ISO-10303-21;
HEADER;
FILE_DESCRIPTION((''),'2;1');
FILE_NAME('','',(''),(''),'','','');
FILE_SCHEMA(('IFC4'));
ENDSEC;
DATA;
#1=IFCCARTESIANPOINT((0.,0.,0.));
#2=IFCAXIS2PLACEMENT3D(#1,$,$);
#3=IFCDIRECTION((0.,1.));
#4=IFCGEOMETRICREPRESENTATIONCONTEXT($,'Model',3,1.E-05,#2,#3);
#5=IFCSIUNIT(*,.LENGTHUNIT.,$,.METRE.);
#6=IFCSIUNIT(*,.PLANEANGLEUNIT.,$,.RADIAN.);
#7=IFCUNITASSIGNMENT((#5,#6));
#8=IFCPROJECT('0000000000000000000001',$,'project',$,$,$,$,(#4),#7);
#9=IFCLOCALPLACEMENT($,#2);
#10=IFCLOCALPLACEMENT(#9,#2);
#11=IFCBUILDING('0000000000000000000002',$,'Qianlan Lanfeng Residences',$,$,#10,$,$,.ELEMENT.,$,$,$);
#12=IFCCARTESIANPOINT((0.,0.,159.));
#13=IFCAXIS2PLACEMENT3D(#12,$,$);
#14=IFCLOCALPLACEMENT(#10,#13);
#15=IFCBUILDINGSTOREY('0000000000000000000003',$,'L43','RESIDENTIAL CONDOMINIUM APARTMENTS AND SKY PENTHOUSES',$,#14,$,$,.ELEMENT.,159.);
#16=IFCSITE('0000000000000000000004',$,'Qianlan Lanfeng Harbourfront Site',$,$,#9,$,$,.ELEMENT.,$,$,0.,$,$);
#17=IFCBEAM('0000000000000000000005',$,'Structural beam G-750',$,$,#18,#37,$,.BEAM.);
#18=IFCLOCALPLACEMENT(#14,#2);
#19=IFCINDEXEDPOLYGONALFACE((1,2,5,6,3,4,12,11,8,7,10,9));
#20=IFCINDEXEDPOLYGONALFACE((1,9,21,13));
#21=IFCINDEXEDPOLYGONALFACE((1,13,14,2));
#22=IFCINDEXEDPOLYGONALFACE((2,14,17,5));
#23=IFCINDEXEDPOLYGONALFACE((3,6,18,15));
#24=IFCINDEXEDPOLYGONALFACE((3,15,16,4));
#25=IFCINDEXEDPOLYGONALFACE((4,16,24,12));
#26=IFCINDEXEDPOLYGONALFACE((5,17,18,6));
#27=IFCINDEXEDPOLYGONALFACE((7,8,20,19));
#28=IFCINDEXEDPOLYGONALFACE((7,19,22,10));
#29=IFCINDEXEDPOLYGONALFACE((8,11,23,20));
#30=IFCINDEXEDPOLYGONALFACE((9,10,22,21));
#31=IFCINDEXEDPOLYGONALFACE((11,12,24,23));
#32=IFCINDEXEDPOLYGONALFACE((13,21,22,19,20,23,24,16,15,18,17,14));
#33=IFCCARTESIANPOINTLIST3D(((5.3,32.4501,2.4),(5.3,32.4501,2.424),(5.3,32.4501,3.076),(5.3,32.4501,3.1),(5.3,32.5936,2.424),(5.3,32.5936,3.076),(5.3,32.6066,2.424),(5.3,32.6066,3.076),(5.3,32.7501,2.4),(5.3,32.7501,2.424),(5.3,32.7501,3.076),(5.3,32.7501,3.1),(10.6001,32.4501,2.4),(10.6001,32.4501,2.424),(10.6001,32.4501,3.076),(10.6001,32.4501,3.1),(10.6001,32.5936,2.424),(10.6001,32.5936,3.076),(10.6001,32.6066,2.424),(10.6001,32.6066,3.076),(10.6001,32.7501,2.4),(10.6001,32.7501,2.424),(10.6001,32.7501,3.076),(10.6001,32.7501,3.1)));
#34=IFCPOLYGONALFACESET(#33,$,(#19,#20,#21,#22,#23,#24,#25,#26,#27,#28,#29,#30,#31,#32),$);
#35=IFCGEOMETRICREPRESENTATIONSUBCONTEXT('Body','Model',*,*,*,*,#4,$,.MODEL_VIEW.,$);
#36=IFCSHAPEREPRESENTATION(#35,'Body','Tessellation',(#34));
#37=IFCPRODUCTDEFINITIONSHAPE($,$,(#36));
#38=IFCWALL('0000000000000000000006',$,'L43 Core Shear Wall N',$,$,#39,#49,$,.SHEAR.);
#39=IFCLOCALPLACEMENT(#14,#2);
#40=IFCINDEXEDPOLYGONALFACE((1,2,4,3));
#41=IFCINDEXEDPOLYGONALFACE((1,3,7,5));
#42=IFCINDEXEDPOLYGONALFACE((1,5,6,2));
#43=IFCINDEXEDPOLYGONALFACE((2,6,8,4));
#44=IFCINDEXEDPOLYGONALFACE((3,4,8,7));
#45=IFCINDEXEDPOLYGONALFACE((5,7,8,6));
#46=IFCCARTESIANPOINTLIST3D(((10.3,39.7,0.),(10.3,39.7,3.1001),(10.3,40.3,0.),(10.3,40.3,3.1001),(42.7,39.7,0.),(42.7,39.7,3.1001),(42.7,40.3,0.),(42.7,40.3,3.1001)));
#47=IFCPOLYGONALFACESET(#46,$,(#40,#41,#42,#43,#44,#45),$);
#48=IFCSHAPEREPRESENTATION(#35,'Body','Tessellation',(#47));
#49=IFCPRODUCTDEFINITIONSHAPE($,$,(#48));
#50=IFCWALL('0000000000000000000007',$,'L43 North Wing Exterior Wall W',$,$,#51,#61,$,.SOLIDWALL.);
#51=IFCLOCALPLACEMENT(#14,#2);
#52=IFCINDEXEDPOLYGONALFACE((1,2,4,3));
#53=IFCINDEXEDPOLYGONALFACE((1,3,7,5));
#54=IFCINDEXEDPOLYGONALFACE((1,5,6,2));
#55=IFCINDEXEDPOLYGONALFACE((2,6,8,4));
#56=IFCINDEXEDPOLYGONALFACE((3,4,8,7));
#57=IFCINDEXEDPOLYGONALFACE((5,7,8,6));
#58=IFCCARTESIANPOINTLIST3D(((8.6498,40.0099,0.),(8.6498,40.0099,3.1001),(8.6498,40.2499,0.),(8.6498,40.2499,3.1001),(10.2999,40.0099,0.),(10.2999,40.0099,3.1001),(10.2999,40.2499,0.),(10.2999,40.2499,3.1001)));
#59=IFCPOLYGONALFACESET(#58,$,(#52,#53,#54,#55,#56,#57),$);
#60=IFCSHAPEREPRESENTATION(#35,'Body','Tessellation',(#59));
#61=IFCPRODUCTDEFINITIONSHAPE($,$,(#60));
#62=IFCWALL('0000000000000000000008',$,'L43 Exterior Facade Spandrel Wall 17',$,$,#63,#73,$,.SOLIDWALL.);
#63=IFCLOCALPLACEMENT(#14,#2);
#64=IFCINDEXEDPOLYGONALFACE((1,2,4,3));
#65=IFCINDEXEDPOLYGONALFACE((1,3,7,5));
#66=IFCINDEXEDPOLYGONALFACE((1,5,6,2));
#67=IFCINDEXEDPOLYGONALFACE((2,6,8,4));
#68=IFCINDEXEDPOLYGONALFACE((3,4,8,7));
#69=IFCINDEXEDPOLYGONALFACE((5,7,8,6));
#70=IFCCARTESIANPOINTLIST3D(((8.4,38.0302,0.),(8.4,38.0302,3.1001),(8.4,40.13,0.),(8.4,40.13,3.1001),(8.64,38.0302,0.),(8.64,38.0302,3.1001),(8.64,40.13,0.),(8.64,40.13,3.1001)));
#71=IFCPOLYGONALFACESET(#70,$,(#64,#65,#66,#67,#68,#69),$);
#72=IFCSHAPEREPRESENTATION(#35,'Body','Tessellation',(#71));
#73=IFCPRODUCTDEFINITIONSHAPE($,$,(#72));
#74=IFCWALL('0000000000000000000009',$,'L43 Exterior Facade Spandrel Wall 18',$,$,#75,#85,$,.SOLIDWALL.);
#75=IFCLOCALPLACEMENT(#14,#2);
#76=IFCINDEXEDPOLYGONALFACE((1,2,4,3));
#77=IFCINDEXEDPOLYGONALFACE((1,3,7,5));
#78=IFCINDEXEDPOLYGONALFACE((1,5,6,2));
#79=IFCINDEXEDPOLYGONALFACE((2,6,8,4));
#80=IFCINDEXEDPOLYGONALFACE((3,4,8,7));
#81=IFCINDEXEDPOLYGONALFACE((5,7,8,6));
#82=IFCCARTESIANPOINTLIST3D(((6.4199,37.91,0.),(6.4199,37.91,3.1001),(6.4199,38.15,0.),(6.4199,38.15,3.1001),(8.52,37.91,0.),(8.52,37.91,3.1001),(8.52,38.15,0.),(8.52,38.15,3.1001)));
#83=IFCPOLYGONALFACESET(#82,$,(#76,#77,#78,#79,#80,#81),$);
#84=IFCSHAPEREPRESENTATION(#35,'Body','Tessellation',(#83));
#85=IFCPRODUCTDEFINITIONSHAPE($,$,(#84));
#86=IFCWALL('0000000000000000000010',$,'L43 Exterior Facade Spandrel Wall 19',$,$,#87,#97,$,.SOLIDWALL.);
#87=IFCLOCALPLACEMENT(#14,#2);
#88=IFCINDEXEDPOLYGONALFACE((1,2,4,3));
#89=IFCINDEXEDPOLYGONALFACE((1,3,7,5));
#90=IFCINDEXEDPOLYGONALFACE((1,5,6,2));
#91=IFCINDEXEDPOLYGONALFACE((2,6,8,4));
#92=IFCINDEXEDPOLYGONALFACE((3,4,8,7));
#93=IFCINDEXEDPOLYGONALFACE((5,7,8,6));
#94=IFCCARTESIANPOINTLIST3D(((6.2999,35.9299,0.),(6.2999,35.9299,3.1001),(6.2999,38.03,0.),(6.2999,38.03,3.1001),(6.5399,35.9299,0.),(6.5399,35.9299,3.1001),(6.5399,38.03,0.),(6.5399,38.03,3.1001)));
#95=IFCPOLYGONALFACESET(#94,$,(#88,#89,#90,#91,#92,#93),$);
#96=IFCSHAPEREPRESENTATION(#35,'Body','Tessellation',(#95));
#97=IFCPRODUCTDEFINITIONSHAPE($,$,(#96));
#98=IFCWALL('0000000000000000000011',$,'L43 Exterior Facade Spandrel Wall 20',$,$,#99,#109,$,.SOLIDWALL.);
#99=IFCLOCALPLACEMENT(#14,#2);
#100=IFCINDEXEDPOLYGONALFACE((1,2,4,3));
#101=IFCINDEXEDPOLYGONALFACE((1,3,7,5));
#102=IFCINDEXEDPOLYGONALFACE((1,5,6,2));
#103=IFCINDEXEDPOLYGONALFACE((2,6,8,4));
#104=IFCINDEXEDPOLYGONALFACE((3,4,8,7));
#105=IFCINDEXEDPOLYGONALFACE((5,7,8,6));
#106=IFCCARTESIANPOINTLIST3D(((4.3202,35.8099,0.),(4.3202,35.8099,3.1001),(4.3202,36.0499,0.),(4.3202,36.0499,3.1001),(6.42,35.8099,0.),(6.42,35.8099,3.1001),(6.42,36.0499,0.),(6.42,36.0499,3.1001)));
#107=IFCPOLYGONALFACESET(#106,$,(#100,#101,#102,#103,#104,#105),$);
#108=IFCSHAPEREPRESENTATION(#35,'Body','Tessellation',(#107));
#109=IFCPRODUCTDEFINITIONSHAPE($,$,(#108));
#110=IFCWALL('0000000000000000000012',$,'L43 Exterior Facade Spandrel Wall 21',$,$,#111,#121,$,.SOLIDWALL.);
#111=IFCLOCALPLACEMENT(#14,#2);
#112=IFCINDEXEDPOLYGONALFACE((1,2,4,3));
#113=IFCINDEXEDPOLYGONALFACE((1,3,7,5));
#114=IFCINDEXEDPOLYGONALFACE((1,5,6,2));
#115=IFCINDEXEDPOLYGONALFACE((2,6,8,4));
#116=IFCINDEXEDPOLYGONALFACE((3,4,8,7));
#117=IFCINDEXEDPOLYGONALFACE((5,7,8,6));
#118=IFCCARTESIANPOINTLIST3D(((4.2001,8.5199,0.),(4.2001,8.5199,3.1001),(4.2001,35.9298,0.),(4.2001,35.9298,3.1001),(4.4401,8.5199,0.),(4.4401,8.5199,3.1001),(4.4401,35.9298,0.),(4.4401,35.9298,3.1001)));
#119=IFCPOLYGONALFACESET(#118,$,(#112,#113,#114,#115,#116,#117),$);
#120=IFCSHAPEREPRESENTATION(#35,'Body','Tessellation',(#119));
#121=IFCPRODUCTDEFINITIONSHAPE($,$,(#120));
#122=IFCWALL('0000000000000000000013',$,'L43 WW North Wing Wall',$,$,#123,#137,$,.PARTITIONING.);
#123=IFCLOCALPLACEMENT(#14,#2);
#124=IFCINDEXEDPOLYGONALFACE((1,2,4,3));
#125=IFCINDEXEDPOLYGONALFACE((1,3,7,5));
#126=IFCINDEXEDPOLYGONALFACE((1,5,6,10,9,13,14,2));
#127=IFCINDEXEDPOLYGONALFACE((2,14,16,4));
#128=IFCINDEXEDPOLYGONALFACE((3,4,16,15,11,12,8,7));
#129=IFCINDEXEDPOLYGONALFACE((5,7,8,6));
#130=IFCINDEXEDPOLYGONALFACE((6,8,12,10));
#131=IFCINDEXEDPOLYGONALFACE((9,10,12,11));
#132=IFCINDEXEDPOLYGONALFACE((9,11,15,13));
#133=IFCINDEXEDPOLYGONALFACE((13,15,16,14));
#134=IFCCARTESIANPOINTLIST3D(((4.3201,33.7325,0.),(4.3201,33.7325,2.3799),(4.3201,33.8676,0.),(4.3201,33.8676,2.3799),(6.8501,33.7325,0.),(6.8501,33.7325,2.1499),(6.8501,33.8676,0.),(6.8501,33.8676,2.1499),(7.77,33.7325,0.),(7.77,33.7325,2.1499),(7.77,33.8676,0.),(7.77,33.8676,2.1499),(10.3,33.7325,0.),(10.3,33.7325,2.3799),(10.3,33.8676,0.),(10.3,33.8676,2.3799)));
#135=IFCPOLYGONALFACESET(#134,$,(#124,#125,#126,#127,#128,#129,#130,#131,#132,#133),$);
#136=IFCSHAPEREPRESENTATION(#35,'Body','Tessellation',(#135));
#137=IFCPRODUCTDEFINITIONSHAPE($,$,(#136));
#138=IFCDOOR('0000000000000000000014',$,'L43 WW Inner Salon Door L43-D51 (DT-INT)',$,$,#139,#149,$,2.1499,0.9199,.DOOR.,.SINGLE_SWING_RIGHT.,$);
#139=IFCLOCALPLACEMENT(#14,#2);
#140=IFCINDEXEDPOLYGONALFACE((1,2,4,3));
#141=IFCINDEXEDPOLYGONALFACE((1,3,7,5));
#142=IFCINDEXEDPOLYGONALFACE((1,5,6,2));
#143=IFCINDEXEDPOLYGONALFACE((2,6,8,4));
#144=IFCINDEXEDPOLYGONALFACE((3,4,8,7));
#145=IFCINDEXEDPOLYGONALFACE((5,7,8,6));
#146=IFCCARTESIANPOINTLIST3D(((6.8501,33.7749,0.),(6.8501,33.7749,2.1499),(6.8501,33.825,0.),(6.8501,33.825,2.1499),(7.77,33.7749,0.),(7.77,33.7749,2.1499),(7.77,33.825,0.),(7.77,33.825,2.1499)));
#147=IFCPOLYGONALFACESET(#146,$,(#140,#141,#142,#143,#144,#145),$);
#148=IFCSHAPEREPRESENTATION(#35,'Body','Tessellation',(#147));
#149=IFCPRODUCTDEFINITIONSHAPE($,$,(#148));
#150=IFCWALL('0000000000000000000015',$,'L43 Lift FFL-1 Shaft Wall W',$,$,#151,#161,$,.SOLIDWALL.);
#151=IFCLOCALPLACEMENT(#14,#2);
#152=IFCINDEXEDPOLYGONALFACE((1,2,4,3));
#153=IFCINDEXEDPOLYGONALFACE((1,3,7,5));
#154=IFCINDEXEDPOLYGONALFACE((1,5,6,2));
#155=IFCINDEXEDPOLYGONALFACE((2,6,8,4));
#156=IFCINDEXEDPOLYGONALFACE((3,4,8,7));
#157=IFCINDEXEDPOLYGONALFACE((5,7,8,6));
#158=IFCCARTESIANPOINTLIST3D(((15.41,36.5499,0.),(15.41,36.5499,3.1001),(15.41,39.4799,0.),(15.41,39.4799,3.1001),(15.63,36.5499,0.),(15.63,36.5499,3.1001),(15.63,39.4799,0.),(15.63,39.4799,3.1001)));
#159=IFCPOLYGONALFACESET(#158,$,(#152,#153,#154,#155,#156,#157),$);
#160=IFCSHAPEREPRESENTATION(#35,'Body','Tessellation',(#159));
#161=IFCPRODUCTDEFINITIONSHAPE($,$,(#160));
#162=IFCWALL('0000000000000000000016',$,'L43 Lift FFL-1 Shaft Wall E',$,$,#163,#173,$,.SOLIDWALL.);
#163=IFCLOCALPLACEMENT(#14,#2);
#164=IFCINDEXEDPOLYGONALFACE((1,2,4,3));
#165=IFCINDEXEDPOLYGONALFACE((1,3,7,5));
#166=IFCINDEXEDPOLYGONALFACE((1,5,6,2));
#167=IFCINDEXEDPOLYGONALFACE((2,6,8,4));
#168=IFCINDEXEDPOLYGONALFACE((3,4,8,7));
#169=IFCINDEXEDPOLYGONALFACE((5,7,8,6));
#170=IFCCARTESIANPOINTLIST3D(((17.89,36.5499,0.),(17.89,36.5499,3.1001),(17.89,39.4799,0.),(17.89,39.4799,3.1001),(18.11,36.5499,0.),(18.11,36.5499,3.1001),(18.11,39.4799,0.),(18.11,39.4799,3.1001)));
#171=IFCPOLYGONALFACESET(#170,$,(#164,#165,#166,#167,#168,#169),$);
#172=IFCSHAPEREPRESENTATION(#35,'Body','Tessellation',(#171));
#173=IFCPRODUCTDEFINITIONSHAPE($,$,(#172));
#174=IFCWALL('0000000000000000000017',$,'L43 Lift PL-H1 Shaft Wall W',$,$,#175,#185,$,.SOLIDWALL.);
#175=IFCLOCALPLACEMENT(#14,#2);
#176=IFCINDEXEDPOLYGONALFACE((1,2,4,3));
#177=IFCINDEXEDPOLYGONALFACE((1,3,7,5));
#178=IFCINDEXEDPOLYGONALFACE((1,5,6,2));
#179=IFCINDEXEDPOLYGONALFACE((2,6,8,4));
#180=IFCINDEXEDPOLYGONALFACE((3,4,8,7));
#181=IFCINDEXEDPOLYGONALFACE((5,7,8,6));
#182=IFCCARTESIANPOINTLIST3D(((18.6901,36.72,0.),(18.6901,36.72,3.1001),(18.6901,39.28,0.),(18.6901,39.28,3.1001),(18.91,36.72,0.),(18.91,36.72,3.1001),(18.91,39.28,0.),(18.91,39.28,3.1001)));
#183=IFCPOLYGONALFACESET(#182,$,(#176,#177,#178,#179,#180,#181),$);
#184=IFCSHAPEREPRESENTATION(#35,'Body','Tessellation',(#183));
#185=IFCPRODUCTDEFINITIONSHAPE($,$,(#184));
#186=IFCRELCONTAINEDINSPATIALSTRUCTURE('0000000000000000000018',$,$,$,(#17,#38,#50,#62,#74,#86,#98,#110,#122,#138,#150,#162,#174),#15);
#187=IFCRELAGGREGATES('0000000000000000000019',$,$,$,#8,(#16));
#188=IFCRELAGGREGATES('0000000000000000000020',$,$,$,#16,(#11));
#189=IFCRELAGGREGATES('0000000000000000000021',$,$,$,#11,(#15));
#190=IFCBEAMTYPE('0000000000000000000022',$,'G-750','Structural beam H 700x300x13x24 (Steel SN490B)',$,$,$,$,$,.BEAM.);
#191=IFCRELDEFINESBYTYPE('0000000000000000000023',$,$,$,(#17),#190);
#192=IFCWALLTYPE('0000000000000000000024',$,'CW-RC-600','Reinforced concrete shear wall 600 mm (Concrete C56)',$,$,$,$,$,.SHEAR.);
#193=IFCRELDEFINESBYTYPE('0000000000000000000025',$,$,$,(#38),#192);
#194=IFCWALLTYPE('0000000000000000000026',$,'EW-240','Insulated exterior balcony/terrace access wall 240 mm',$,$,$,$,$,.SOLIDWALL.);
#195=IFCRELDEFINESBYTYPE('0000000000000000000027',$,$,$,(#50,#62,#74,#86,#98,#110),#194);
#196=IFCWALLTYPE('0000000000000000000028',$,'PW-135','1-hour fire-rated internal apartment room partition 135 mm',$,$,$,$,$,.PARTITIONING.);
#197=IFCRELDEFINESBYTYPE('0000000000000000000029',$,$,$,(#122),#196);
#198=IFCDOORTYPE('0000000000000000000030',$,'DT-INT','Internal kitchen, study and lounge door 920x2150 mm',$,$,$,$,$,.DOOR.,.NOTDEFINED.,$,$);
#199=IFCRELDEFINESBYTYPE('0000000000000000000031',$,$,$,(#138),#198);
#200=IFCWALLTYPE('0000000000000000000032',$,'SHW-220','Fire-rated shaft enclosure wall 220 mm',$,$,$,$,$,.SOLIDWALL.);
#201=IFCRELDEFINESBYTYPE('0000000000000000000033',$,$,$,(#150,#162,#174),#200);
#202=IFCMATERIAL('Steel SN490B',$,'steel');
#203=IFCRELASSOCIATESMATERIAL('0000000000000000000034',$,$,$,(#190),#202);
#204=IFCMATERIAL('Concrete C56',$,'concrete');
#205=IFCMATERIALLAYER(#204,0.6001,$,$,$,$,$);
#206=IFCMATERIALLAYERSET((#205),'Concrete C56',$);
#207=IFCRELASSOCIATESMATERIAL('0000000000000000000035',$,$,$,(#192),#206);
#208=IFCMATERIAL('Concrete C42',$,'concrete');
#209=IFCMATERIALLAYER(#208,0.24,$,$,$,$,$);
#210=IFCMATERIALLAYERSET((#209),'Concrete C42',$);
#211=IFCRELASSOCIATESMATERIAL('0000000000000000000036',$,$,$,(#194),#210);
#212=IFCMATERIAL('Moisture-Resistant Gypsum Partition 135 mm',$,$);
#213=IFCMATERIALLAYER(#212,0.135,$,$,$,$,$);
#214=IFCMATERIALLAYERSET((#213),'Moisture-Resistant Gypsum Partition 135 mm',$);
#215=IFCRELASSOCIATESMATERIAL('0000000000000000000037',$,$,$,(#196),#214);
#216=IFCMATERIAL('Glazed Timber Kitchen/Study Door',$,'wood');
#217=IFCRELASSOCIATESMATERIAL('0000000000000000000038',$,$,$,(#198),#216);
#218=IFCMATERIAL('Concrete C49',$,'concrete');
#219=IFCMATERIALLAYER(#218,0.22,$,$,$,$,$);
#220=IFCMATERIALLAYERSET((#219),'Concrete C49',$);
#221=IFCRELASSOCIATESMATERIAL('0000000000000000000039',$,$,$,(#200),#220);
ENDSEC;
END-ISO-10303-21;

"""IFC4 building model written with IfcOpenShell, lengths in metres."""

from ifc_helpers import new_model, si_unit, direction, frame, frame_2d, origin, origin_2d, place, context, subcontext, project, spatial, rectangle, i_section, extrude, material, layer, layer_set, material_profile, profile_set, type_object, element, fill, save


model = new_model("IFC4")

# Units and contexts
model_context = context("Model", 3, precision=1e-05, world=origin(), true_north=direction((0.0, 1.0)))
body_context = subcontext(model_context, "Body", "Model", "MODEL_VIEW")
ifc_project = project(units=[si_unit("LENGTHUNIT", "METRE"), si_unit("PLANEANGLEUNIT", "RADIAN")], contexts=[model_context])

# Site, building, storey
site_placement = place(None, origin())
site = spatial("IfcSite", under=ifc_project, at=site_placement, Name="Qianlan Lanfeng Harbourfront Site", CompositionType="ELEMENT", RefElevation=0.0)
building_placement = place(site_placement, origin())
building = spatial("IfcBuilding", under=site, at=building_placement, Name="Qianlan Lanfeng Residences", CompositionType="ELEMENT")
storey_placement = place(building_placement, frame((0.0, 0.0, 159.0)))
storey = spatial("IfcBuildingStorey", under=building, at=storey_placement, Name="L43", Description="RESIDENTIAL CONDOMINIUM APARTMENTS AND SKY PENTHOUSES", CompositionType="ELEMENT", Elevation=159.0)

# Beam
ifc_material_1 = material(Name="Steel SN490B", Category="steel")
ifc_material_profile = material_profile(ifc_material_1, i_section(OverallWidth=0.3, OverallDepth=0.7, WebThickness=0.0129, FlangeThickness=0.0239, at=origin_2d()), Name="H 700x300x13x24")
ifc_profile_set = profile_set([ifc_material_profile], Name="Steel SN490B")
beam_type = type_object("IfcBeamType", Name="G-750", Description="Structural beam H 700x300x13x24 (Steel SN490B)", PredefinedType="BEAM", material=ifc_profile_set)
beam_placement = place(storey_placement, frame((5.3, 32.6001, 2.75), z_axis=(1.0, 0.0, 0.0), x_axis=(0.0, 1.0, 0.0)))
element("IfcBeam", 1, at=beam_placement, inside=storey, type_object=beam_type, Name="Structural beam G-750", PredefinedType="BEAM", context=body_context, shape_type="SweptSolid", body=[
    extrude(i_section(OverallWidth=0.3, OverallDepth=0.7, WebThickness=0.0129, FlangeThickness=0.0239, at=origin_2d()), origin(), (0.0, 0.0, 1.0), 5.3),
])

# Shared definitions
ifc_material_2 = material(Name="Concrete C56", Category="concrete")

# Walls
ifc_layer_1 = layer(ifc_material_2, 0.6001)
ifc_layer_set_1 = layer_set([ifc_layer_1], Name="Concrete C56")
wall_type_1 = type_object("IfcWallType", Name="CW-RC-600", Description="Reinforced concrete shear wall 600 mm (Concrete C56)", PredefinedType="SHEAR", material=ifc_layer_set_1)
wall_1_placement = place(storey_placement, frame((10.3, 40.0, 0.0), z_axis=(0.0, 0.0, 1.0), x_axis=(1.0, 0.0, 0.0)))
element("IfcWall", 2, at=wall_1_placement, inside=storey, type_object=wall_type_1, Name="L43 Core Shear Wall N", PredefinedType="SHEAR", context=body_context, shape_type="SweptSolid", body=[
    extrude(rectangle(XDim=32.3999, YDim=0.6001, at=frame_2d((16.2, 0.0))), origin(), (0.0, 0.0, 1.0), 3.1001),
])
ifc_material_3 = material(Name="Concrete C42", Category="concrete")
ifc_layer_2 = layer(ifc_material_3, 0.24)
ifc_layer_set_2 = layer_set([ifc_layer_2], Name="Concrete C42")
wall_type_2 = type_object("IfcWallType", Name="EW-240", Description="Insulated exterior balcony/terrace access wall 240 mm", PredefinedType="SOLIDWALL", material=ifc_layer_set_2)
wall_2_placement = place(storey_placement, frame((10.3, 40.1299, 0.0), z_axis=(0.0, 0.0, 1.0), x_axis=(-1.0, 0.0, 0.0)))
element("IfcWall", 3, at=wall_2_placement, inside=storey, type_object=wall_type_2, Name="L43 North Wing Exterior Wall W", PredefinedType="SOLIDWALL", context=body_context, shape_type="SweptSolid", body=[
    extrude(rectangle(XDim=1.6501, YDim=0.24, at=frame_2d((0.8252, 0.0))), origin(), (0.0, 0.0, 1.0), 3.1001),
])
wall_3_placement = place(storey_placement, frame((8.52, 40.1299, 0.0), z_axis=(0.0, 0.0, 1.0), x_axis=(0.0, -1.0, 0.0)))
element("IfcWall", 4, at=wall_3_placement, inside=storey, type_object=wall_type_2, Name="L43 Exterior Facade Spandrel Wall 17", PredefinedType="SOLIDWALL", context=body_context, shape_type="SweptSolid", body=[
    extrude(rectangle(XDim=2.0999, YDim=0.24, at=frame_2d((1.0498, 0.0))), origin(), (0.0, 0.0, 1.0), 3.1001),
])
for number, where, z_axis, x_axis, name in (
    (5, (8.52, 38.03, 0.0), (0.0, 0.0, 1.0), (-1.0, 0.0, 0.0), "L43 Exterior Facade Spandrel Wall 18"),
    (6, (6.4199, 38.03, 0.0), (0.0, 0.0, 1.0), (0.0, -1.0, 0.0), "L43 Exterior Facade Spandrel Wall 19"),
):
    element("IfcWall", number, at=place(storey_placement, frame(where, z_axis=z_axis, x_axis=x_axis)), inside=storey, type_object=wall_type_2, Name=name, PredefinedType="SOLIDWALL", context=body_context, shape_type="SweptSolid", body=[
        extrude(rectangle(XDim=2.1001, YDim=0.24, at=frame_2d((1.05, 0.0))), origin(), (0.0, 0.0, 1.0), 3.1001),
    ])
wall_4_placement = place(storey_placement, frame((6.4199, 35.9299, 0.0), z_axis=(0.0, 0.0, 1.0), x_axis=(-1.0, 0.0, 0.0)))
element("IfcWall", 7, at=wall_4_placement, inside=storey, type_object=wall_type_2, Name="L43 Exterior Facade Spandrel Wall 20", PredefinedType="SOLIDWALL", context=body_context, shape_type="SweptSolid", body=[
    extrude(rectangle(XDim=2.0999, YDim=0.24, at=frame_2d((1.0498, 0.0))), origin(), (0.0, 0.0, 1.0), 3.1001),
])
wall_5_placement = place(storey_placement, frame((4.3201, 35.9299, 0.0), z_axis=(0.0, 0.0, 1.0), x_axis=(0.0, -1.0, 0.0)))
element("IfcWall", 8, at=wall_5_placement, inside=storey, type_object=wall_type_2, Name="L43 Exterior Facade Spandrel Wall 21", PredefinedType="SOLIDWALL", context=body_context, shape_type="SweptSolid", body=[
    extrude(rectangle(XDim=27.4099, YDim=0.24, at=frame_2d((13.7051, 0.0))), origin(), (0.0, 0.0, 1.0), 3.1001),
])

# Wall, opening, door
ifc_material_4 = material(Name="Moisture-Resistant Gypsum Partition 135 mm")
ifc_layer_3 = layer(ifc_material_4, 0.135)
ifc_layer_set_3 = layer_set([ifc_layer_3], Name="Moisture-Resistant Gypsum Partition 135 mm")
wall_type_3 = type_object("IfcWallType", Name="PW-135", Description="1-hour fire-rated internal apartment room partition 135 mm", PredefinedType="PARTITIONING", material=ifc_layer_set_3)
wall_6_placement = place(storey_placement, frame((4.3201, 33.8, 0.0), z_axis=(0.0, 0.0, 1.0), x_axis=(1.0, 0.0, 0.0)))
wall_6 = element("IfcWall", 9, at=wall_6_placement, inside=storey, type_object=wall_type_3, Name="L43 WW North Wing Wall", PredefinedType="PARTITIONING", context=body_context, shape_type="SweptSolid", body=[
    extrude(rectangle(XDim=5.98, YDim=0.135, at=frame_2d((2.99, 0.0))), origin(), (0.0, 0.0, 1.0), 2.3799),
])
opening_1_placement = place(wall_6_placement, frame((2.53, 0.0, 0.0)))
opening_1 = element("IfcOpeningElement", 10, at=opening_1_placement, cuts=wall_6, PredefinedType="OPENING", context=body_context, shape_type="SweptSolid", body=[
    extrude(rectangle(XDim=0.9199, YDim=2.1499, at=frame_2d((0.46, 1.075))), frame((0.0, 0.0776, 0.0), z_axis=(0.0, -1.0, 0.0), x_axis=(1.0, 0.0, 0.0)), (0.0, 0.0, 1.0), 0.155),
])
ifc_material_5 = material(Name="Glazed Timber Kitchen/Study Door", Category="wood")
door_type_1 = type_object("IfcDoorType", Name="DT-INT", Description="Internal kitchen, study and lounge door 920x2150 mm", OperationType="NOTDEFINED", PredefinedType="DOOR", material=ifc_material_5)
door_1_placement = place(opening_1_placement, origin())
door_1 = element("IfcDoor", 11, at=door_1_placement, inside=storey, type_object=door_type_1, Name="L43 WW Inner Salon Door L43-D51 (DT-INT)", OperationType="SINGLE_SWING_RIGHT", OverallHeight=2.1499, OverallWidth=0.9199, PredefinedType="DOOR", context=body_context, shape_type="SweptSolid", body=[
    extrude(rectangle(XDim=0.9199, YDim=2.1499, at=frame_2d((0.46, 1.075))), frame((0.0, 0.0249, 0.0), z_axis=(0.0, -1.0, 0.0), x_axis=(1.0, 0.0, 0.0)), (0.0, 0.0, 1.0), 0.05),
])
fill(opening_1, door_1)

# Walls
ifc_material_6 = material(Name="Concrete C49", Category="concrete")
ifc_layer_4 = layer(ifc_material_6, 0.22)
ifc_layer_set_4 = layer_set([ifc_layer_4], Name="Concrete C49")
wall_type_4 = type_object("IfcWallType", Name="SHW-220", Description="Fire-rated shaft enclosure wall 220 mm", PredefinedType="SOLIDWALL", material=ifc_layer_set_4)
for number, where, z_axis, x_axis, name in (
    (12, (15.52, 36.55, 0.0), (0.0, 0.0, 1.0), (0.0, 1.0, 0.0), "L43 Lift FFL-1 Shaft Wall W"),
    (13, (18.0, 36.55, 0.0), (0.0, 0.0, 1.0), (0.0, 1.0, 0.0), "L43 Lift FFL-1 Shaft Wall E"),
):
    element("IfcWall", number, at=place(storey_placement, frame(where, z_axis=z_axis, x_axis=x_axis)), inside=storey, type_object=wall_type_4, Name=name, PredefinedType="SOLIDWALL", context=body_context, shape_type="SweptSolid", body=[
        extrude(rectangle(XDim=2.9299, YDim=0.22, at=frame_2d((1.4648, 0.0))), origin(), (0.0, 0.0, 1.0), 3.1001),
    ])
wall_7_placement = place(storey_placement, frame((18.8, 36.72, 0.0), z_axis=(0.0, 0.0, 1.0), x_axis=(0.0, 1.0, 0.0)))
element("IfcWall", 14, at=wall_7_placement, inside=storey, type_object=wall_type_4, Name="L43 Lift PL-H1 Shaft Wall W", PredefinedType="SOLIDWALL", context=body_context, shape_type="SweptSolid", body=[
    extrude(rectangle(XDim=2.5601, YDim=0.22, at=frame_2d((1.28, 0.0))), origin(), (0.0, 0.0, 1.0), 3.1001),
])

save(model, "model.ifc")
